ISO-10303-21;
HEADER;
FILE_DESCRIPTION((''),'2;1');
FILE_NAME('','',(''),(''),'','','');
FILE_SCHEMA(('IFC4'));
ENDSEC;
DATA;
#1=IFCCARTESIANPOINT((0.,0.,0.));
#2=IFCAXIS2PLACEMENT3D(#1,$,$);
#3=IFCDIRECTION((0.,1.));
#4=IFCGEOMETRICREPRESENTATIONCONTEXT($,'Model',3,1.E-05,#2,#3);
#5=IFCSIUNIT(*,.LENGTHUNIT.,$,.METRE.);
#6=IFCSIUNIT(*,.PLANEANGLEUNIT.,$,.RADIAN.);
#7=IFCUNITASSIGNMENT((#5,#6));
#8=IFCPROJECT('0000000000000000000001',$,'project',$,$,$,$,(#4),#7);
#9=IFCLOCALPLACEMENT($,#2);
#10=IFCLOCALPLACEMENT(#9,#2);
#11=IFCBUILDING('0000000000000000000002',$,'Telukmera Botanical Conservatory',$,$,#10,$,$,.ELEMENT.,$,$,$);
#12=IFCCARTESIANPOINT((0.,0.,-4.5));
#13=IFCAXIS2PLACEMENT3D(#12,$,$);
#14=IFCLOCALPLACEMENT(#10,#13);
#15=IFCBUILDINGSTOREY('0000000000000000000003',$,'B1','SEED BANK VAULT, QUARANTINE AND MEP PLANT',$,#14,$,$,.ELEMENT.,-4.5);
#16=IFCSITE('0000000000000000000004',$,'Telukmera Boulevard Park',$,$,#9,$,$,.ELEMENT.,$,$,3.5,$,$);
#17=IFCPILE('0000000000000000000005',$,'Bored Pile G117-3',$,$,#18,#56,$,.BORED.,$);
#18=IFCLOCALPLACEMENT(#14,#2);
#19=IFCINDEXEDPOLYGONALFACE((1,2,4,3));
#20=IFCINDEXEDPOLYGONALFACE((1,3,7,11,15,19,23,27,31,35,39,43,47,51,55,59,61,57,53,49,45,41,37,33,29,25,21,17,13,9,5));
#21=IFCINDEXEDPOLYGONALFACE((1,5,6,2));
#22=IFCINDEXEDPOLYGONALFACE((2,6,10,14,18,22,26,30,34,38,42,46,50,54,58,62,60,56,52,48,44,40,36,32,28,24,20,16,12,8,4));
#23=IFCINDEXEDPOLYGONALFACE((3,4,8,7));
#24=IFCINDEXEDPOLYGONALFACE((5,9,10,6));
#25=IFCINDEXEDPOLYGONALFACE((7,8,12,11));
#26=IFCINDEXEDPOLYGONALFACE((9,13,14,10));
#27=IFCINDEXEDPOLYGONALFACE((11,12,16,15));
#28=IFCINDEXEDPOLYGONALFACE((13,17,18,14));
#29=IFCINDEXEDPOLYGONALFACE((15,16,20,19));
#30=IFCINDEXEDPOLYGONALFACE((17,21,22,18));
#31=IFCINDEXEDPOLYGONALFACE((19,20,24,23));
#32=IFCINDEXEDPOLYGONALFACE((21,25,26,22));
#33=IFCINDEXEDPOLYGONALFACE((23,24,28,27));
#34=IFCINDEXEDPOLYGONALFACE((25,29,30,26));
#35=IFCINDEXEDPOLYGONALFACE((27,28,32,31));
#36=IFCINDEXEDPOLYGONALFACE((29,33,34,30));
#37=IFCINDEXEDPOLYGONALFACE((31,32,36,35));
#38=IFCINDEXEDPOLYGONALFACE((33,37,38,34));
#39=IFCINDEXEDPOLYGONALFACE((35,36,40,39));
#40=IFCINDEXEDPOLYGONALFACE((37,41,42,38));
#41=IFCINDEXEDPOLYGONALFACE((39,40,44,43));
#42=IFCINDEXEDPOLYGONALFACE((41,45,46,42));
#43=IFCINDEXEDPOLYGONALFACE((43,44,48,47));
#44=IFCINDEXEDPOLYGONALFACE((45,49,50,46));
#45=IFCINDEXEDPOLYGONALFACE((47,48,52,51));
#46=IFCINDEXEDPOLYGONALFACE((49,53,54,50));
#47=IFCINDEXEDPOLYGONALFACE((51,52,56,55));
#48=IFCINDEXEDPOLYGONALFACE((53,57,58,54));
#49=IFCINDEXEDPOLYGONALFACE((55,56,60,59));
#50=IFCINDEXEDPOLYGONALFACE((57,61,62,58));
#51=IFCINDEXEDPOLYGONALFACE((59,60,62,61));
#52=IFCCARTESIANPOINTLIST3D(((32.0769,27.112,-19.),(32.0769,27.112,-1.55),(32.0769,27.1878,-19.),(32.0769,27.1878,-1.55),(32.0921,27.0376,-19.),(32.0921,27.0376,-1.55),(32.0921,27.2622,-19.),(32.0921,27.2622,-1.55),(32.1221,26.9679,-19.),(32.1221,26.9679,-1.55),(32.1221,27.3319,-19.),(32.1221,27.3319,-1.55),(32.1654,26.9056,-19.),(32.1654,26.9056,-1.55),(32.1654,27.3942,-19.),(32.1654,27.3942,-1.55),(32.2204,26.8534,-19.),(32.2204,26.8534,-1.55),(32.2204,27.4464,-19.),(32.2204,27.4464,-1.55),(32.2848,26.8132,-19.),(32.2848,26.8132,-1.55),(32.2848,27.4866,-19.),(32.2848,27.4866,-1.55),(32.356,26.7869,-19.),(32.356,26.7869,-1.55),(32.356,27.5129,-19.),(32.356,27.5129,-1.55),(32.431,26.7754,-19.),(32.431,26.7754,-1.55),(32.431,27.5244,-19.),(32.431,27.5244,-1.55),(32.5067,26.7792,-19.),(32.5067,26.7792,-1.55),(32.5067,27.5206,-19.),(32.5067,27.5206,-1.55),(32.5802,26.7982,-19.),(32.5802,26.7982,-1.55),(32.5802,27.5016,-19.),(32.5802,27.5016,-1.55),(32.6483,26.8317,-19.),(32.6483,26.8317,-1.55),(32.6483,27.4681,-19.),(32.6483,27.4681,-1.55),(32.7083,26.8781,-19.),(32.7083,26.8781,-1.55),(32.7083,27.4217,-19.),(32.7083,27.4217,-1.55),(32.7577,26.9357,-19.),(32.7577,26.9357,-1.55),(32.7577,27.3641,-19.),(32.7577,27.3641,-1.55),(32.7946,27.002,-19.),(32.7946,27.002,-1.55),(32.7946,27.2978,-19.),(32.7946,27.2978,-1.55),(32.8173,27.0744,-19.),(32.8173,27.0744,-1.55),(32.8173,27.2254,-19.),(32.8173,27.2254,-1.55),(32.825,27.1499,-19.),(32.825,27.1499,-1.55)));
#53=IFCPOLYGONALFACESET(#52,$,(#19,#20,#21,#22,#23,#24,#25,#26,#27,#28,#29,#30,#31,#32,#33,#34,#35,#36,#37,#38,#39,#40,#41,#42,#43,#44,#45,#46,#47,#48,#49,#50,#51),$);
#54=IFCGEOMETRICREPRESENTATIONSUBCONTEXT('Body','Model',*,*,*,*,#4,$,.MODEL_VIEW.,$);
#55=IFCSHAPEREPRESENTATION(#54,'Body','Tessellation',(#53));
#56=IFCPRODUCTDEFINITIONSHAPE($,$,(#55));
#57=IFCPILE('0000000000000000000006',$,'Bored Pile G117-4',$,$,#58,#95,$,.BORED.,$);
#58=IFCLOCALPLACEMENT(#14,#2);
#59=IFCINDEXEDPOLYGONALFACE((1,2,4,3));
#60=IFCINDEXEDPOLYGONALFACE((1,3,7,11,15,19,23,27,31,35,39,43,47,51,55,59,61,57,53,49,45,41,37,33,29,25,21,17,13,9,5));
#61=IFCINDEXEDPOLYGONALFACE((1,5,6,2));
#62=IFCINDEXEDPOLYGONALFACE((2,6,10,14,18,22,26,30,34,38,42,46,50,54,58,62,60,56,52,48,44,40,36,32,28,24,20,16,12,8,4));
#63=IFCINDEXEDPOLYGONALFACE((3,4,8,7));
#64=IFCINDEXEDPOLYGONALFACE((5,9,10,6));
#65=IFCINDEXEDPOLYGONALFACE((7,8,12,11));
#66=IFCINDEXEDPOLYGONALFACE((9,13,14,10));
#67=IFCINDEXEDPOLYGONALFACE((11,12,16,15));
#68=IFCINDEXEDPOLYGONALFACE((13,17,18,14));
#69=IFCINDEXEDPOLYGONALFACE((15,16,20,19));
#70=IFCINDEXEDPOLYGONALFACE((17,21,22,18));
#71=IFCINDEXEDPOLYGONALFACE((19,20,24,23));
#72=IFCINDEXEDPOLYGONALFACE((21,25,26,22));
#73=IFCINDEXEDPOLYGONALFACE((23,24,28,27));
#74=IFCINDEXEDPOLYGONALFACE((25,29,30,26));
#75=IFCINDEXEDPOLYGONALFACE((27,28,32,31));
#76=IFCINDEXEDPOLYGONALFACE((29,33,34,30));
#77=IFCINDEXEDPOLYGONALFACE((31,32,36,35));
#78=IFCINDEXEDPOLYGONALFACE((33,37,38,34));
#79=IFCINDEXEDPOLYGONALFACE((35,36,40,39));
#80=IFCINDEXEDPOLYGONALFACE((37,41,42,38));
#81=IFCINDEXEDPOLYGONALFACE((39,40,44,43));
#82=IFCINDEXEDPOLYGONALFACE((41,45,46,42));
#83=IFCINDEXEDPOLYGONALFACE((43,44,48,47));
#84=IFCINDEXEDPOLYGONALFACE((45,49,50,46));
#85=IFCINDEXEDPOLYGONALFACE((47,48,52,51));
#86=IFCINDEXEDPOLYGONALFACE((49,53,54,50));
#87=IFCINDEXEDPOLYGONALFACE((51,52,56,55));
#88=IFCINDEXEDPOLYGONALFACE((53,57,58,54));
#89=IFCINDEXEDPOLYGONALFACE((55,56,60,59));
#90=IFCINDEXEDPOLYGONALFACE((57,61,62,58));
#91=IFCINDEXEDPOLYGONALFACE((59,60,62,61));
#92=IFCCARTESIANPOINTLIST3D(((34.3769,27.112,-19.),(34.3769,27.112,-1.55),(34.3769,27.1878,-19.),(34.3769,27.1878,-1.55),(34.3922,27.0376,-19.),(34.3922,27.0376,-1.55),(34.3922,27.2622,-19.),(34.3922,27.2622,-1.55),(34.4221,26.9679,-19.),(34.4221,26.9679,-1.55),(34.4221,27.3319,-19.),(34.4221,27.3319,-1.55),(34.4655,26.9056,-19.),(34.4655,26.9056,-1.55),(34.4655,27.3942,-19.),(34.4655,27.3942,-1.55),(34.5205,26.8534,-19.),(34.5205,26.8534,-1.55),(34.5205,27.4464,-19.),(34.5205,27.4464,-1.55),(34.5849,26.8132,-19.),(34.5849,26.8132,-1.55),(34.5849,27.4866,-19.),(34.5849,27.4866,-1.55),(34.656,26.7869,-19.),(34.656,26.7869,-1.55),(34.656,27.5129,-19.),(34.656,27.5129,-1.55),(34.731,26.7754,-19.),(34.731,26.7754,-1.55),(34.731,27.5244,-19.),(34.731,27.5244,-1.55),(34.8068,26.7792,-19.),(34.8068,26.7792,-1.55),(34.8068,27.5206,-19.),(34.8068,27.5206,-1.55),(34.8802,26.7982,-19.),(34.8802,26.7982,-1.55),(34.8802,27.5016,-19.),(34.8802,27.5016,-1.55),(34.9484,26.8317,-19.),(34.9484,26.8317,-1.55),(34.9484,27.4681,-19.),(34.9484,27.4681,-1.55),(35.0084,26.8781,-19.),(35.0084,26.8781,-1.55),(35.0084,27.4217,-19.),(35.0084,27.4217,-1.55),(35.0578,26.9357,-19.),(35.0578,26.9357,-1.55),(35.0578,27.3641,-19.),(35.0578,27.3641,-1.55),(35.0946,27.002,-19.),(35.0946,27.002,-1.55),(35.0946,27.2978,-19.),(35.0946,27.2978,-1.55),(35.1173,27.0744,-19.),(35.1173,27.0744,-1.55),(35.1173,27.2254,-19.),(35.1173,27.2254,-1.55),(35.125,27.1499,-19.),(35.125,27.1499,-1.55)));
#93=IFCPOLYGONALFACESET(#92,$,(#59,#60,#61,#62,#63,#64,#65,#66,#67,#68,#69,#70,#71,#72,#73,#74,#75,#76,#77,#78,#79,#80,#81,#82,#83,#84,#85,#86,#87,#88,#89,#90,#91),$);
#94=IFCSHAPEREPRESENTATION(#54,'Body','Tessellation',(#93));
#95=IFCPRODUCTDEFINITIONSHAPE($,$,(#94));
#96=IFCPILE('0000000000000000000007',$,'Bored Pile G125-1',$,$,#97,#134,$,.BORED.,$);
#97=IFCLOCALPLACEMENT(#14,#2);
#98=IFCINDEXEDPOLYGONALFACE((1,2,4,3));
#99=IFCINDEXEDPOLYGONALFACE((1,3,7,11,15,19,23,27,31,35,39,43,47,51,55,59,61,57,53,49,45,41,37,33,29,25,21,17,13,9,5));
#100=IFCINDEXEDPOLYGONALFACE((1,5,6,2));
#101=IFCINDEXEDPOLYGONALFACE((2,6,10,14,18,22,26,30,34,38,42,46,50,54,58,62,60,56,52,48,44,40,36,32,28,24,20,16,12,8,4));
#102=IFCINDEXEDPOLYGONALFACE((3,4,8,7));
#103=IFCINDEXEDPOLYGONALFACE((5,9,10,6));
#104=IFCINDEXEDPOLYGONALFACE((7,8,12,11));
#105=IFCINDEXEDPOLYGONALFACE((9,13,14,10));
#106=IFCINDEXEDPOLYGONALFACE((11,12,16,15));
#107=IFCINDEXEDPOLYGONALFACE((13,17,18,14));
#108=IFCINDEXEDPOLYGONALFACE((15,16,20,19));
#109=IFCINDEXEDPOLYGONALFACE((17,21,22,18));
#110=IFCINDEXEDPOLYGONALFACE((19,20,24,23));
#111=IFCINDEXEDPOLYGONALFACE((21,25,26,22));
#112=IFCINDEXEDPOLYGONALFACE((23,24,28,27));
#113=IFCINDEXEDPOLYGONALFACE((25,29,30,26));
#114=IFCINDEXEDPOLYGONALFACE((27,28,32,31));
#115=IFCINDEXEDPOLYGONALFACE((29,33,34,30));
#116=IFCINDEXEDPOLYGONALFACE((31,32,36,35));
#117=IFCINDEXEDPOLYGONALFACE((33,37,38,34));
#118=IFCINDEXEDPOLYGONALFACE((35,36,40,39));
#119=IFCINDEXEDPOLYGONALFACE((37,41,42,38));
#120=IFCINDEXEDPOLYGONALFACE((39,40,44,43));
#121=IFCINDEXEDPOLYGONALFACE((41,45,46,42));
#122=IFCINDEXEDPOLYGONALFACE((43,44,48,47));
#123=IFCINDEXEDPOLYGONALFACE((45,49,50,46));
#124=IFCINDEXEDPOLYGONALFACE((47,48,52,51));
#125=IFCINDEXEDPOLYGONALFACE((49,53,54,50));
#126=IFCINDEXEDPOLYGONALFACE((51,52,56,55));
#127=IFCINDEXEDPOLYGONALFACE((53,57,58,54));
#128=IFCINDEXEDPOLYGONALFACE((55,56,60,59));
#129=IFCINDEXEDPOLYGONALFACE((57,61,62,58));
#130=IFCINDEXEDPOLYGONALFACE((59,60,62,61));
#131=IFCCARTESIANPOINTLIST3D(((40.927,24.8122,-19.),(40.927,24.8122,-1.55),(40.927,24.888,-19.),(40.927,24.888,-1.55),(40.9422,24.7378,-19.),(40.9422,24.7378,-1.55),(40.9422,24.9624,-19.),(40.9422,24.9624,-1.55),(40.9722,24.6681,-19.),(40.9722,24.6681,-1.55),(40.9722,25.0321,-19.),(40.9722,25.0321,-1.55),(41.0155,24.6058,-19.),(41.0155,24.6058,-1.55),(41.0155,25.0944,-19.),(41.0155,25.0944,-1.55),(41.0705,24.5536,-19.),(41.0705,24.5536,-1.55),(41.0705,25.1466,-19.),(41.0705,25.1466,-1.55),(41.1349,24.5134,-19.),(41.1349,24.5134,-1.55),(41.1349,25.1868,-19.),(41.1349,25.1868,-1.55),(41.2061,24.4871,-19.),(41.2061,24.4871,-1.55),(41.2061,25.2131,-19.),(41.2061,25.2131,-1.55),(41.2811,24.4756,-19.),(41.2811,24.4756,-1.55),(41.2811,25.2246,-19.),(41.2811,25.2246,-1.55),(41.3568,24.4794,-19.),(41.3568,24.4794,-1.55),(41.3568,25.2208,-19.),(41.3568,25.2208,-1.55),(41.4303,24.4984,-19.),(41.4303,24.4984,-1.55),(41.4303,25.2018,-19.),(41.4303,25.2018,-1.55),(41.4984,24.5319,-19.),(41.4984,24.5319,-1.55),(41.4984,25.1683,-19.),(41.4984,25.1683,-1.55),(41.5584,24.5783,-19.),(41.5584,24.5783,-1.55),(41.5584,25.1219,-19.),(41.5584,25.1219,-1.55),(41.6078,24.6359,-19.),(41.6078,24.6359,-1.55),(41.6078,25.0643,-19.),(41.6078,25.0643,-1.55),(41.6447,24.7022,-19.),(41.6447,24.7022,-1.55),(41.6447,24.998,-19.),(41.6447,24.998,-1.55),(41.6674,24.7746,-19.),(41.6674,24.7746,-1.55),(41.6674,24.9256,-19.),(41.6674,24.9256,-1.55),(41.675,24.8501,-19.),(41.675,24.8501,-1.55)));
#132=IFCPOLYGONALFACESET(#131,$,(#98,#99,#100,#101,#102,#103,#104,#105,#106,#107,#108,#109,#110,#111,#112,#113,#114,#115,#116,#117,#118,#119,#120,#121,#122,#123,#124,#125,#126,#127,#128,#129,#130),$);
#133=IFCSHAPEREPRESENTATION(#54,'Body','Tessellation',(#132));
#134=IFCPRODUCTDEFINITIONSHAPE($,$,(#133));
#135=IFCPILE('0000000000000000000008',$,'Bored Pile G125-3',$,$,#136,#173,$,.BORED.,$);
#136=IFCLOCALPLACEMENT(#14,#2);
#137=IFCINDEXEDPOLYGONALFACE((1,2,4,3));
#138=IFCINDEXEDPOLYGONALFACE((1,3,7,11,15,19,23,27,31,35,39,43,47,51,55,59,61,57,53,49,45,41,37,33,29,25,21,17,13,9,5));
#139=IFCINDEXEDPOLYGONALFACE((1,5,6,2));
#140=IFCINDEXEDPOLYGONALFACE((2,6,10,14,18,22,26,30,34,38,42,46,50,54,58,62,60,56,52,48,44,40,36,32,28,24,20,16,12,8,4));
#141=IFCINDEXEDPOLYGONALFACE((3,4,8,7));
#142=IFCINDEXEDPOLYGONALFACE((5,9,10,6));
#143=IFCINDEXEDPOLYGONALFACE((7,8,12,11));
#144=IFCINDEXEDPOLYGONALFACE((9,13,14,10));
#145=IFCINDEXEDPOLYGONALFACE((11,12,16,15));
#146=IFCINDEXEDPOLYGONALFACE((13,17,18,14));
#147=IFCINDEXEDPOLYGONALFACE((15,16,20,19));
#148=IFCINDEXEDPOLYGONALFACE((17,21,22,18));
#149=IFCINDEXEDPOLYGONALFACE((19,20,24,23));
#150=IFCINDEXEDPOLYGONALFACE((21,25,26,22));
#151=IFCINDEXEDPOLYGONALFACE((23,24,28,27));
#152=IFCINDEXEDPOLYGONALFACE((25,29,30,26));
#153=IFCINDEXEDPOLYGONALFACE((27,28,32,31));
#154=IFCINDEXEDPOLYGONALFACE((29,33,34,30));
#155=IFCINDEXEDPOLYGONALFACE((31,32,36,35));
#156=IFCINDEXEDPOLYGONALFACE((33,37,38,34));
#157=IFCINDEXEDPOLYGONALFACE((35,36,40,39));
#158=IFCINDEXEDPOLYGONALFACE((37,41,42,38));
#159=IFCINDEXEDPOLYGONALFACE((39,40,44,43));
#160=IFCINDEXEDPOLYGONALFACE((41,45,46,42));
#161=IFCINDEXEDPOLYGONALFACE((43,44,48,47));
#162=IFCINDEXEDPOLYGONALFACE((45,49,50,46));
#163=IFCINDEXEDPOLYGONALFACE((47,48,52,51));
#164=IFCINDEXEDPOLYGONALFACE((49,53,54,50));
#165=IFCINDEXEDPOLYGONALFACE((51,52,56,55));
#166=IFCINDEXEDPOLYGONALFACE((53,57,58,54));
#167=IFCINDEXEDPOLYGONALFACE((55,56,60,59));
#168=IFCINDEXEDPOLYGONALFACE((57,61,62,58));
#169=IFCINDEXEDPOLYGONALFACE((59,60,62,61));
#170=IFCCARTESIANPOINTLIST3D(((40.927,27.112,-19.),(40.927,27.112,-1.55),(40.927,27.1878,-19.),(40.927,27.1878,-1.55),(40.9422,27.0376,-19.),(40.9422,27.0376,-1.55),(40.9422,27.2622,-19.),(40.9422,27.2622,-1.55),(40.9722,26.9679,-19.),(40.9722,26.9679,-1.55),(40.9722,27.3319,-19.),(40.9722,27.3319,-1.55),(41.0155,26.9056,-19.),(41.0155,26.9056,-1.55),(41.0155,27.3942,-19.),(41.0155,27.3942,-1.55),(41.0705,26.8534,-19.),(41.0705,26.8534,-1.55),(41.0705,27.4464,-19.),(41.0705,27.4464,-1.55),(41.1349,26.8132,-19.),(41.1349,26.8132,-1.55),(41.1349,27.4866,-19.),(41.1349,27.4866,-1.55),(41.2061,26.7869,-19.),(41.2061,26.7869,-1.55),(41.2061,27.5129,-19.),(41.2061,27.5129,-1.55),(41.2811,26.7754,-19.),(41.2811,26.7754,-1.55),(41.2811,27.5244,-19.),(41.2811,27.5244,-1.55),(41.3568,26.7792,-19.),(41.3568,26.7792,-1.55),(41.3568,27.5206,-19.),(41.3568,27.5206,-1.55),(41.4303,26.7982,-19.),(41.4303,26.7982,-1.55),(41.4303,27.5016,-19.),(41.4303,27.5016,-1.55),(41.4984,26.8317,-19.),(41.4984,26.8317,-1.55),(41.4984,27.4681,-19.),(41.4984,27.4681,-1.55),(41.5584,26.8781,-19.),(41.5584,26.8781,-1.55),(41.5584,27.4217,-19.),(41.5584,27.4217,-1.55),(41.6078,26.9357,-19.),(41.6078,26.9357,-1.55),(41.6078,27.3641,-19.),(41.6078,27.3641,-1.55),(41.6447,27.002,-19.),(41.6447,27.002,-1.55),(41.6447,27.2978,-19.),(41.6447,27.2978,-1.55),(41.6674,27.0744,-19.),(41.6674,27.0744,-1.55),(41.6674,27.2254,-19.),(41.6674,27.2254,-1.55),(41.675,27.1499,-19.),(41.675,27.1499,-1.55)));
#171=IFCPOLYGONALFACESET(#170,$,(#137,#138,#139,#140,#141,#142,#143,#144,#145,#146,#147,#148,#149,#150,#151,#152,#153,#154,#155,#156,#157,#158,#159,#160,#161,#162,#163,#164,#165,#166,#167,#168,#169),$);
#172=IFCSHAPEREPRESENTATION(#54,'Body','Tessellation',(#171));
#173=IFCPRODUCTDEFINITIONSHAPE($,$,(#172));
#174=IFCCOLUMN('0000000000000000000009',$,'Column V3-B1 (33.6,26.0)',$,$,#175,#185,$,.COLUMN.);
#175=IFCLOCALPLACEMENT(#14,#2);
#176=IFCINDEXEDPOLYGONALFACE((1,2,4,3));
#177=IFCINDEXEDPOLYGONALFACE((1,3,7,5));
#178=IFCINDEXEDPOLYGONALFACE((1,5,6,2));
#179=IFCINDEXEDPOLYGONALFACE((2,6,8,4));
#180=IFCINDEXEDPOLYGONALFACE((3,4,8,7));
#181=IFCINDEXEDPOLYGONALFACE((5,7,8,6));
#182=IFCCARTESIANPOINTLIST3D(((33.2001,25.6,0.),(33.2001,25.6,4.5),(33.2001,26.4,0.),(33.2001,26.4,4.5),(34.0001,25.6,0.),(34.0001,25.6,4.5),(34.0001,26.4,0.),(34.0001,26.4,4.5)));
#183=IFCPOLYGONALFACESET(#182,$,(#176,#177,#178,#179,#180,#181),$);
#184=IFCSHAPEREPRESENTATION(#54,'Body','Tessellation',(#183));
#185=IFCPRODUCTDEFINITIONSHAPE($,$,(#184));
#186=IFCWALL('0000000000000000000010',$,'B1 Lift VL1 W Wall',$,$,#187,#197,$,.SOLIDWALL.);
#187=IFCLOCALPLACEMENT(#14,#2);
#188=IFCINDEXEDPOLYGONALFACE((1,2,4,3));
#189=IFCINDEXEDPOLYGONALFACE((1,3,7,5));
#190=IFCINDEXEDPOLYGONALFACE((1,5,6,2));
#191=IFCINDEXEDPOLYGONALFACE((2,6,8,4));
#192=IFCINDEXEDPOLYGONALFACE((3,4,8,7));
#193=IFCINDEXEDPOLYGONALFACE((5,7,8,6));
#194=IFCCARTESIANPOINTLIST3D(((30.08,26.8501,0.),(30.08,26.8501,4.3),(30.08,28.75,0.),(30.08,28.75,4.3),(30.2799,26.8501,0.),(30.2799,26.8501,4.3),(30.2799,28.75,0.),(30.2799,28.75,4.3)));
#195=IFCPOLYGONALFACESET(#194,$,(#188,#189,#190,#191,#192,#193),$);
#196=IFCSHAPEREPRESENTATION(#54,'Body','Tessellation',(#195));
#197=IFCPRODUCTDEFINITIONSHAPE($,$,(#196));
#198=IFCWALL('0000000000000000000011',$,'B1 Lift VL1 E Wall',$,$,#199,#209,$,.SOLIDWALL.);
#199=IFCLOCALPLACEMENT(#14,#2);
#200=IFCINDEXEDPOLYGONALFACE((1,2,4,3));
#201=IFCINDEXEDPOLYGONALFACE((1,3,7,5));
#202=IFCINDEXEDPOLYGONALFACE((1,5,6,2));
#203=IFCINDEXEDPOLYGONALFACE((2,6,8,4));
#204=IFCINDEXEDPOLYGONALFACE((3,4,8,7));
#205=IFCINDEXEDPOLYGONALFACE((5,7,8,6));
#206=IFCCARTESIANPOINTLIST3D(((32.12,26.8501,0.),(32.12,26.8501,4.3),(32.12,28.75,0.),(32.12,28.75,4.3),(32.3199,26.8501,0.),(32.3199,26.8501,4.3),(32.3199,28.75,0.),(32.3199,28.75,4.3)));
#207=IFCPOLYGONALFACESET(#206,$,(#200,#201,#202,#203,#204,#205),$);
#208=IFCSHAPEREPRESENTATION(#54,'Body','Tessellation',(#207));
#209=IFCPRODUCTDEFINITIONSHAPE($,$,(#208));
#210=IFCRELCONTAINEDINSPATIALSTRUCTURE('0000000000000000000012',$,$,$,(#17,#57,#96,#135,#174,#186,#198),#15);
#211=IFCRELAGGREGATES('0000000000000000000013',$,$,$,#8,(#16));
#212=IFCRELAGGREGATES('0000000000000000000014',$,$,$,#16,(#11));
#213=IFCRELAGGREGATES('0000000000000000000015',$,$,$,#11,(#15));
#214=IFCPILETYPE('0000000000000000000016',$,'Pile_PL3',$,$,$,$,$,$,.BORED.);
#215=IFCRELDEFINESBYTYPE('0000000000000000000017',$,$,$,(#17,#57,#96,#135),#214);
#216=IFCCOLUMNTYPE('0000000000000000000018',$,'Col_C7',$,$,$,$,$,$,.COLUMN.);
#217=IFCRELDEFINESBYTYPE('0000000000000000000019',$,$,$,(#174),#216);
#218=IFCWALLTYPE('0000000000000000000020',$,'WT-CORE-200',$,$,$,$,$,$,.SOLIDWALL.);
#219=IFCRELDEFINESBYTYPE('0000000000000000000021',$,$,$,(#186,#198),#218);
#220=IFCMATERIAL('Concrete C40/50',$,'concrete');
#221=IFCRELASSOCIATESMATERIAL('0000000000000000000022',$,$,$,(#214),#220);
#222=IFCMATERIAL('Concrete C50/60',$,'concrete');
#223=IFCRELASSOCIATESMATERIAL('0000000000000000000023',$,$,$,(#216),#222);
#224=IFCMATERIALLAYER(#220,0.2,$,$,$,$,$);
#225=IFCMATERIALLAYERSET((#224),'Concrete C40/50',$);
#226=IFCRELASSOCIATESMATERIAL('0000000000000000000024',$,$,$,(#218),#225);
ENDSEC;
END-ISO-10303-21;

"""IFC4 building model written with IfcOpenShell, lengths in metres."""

from ifc_helpers import new_model, si_unit, direction, frame, frame_2d, origin, origin_2d, place, context, subcontext, project, spatial, rectangle, circle, extrude, material, layer, layer_set, material_profile, profile_set, type_object, element, save


model = new_model("IFC4")

# Units and contexts
model_context = context("Model", 3, precision=1e-05, world=origin(), true_north=direction((0.0, 1.0)))
body_context = subcontext(model_context, "Body", "Model", "MODEL_VIEW")
ifc_project = project(units=[si_unit("LENGTHUNIT", "METRE"), si_unit("PLANEANGLEUNIT", "RADIAN")], contexts=[model_context])

# Site, building, storey
site_placement = place(None, origin())
site = spatial("IfcSite", under=ifc_project, at=site_placement, Name="Telukmera Boulevard Park", CompositionType="ELEMENT", RefElevation=3.5)
building_placement = place(site_placement, origin())
building = spatial("IfcBuilding", under=site, at=building_placement, Name="Telukmera Botanical Conservatory", CompositionType="ELEMENT")
storey_placement = place(building_placement, frame((0.0, 0.0, -4.5)))
storey = spatial("IfcBuildingStorey", under=building, at=storey_placement, Name="B1", Description="SEED BANK VAULT, QUARANTINE AND MEP PLANT", CompositionType="ELEMENT", Elevation=-4.5)

# Shared definitions
ifc_material_1 = material(Name="Concrete C50/60", Category="concrete")
ifc_material_2 = material(Name="Concrete C40/50", Category="concrete")

# Piles
ifc_material_profile_1 = material_profile(ifc_material_2, circle(Radius=0.375, at=origin_2d()), Name="PILE D750")
ifc_profile_set_1 = profile_set([ifc_material_profile_1], Name="Concrete C40/50")
pile_type = type_object("IfcPileType", Name="Pile_PL3", PredefinedType="BORED", material=ifc_profile_set_1)
for number, where, z_axis, x_axis, name in (
    (1, (32.45, 27.1499, -1.55), (0.0, 0.0, -1.0), (1.0, 0.0, 0.0), "Bored Pile G117-3"),
    (2, (34.75, 27.1499, -1.55), (0.0, 0.0, -1.0), (1.0, 0.0, 0.0), "Bored Pile G117-4"),
    (3, (41.3, 24.8501, -1.55), (0.0, 0.0, -1.0), (1.0, 0.0, 0.0), "Bored Pile G125-1"),
    (4, (41.3, 27.1499, -1.55), (0.0, 0.0, -1.0), (1.0, 0.0, 0.0), "Bored Pile G125-3"),
):
    element("IfcPile", number, at=place(storey_placement, frame(where, z_axis=z_axis, x_axis=x_axis)), inside=storey, type_object=pile_type, Name=name, PredefinedType="BORED", context=body_context, shape_type="SweptSolid", body=[
        extrude(circle(Radius=0.375, at=origin_2d()), origin(), (0.0, 0.0, 1.0), 17.45),
    ])

# Column
ifc_material_profile_2 = material_profile(ifc_material_1, rectangle(XDim=0.8, YDim=0.8, at=origin_2d()), Name="RC 800x800")
ifc_profile_set_2 = profile_set([ifc_material_profile_2], Name="Concrete C50/60")
column_type = type_object("IfcColumnType", Name="Col_C7", PredefinedType="COLUMN", material=ifc_profile_set_2)
column_placement = place(storey_placement, frame((33.6001, 26.0, 0.0), z_axis=(0.0, 0.0, 1.0), x_axis=(1.0, 0.0, 0.0)))
element("IfcColumn", 5, at=column_placement, inside=storey, type_object=column_type, Name="Column V3-B1 (33.6,26.0)", PredefinedType="COLUMN", context=body_context, shape_type="SweptSolid", body=[
    extrude(rectangle(XDim=0.8, YDim=0.8, at=origin_2d()), origin(), (0.0, 0.0, 1.0), 4.5),
])

# Shared definitions
ifc_layer_1 = layer(ifc_material_2, 0.2)
ifc_layer_set_1 = layer_set([ifc_layer_1], Name="Concrete C40/50")
wall_type_1 = type_object("IfcWallType", Name="WT-CORE-200", PredefinedType="SOLIDWALL", material=ifc_layer_set_1)

# Walls
for number, where, z_axis, x_axis, name in (
    (6, (30.1799, 26.8501, 0.0), (0.0, 0.0, 1.0), (0.0, 1.0, 0.0), "B1 Lift VL1 W Wall"),
    (7, (32.22, 26.8501, 0.0), (0.0, 0.0, 1.0), (0.0, 1.0, 0.0), "B1 Lift VL1 E Wall"),
):
    element("IfcWall", number, at=place(storey_placement, frame(where, z_axis=z_axis, x_axis=x_axis)), inside=storey, type_object=wall_type_1, Name=name, PredefinedType="SOLIDWALL", context=body_context, shape_type="SweptSolid", body=[
        extrude(rectangle(XDim=1.8999, YDim=0.2, at=frame_2d((0.95, 0.0))), origin(), (0.0, 0.0, 1.0), 4.3),
    ])

save(model, "model.ifc")
